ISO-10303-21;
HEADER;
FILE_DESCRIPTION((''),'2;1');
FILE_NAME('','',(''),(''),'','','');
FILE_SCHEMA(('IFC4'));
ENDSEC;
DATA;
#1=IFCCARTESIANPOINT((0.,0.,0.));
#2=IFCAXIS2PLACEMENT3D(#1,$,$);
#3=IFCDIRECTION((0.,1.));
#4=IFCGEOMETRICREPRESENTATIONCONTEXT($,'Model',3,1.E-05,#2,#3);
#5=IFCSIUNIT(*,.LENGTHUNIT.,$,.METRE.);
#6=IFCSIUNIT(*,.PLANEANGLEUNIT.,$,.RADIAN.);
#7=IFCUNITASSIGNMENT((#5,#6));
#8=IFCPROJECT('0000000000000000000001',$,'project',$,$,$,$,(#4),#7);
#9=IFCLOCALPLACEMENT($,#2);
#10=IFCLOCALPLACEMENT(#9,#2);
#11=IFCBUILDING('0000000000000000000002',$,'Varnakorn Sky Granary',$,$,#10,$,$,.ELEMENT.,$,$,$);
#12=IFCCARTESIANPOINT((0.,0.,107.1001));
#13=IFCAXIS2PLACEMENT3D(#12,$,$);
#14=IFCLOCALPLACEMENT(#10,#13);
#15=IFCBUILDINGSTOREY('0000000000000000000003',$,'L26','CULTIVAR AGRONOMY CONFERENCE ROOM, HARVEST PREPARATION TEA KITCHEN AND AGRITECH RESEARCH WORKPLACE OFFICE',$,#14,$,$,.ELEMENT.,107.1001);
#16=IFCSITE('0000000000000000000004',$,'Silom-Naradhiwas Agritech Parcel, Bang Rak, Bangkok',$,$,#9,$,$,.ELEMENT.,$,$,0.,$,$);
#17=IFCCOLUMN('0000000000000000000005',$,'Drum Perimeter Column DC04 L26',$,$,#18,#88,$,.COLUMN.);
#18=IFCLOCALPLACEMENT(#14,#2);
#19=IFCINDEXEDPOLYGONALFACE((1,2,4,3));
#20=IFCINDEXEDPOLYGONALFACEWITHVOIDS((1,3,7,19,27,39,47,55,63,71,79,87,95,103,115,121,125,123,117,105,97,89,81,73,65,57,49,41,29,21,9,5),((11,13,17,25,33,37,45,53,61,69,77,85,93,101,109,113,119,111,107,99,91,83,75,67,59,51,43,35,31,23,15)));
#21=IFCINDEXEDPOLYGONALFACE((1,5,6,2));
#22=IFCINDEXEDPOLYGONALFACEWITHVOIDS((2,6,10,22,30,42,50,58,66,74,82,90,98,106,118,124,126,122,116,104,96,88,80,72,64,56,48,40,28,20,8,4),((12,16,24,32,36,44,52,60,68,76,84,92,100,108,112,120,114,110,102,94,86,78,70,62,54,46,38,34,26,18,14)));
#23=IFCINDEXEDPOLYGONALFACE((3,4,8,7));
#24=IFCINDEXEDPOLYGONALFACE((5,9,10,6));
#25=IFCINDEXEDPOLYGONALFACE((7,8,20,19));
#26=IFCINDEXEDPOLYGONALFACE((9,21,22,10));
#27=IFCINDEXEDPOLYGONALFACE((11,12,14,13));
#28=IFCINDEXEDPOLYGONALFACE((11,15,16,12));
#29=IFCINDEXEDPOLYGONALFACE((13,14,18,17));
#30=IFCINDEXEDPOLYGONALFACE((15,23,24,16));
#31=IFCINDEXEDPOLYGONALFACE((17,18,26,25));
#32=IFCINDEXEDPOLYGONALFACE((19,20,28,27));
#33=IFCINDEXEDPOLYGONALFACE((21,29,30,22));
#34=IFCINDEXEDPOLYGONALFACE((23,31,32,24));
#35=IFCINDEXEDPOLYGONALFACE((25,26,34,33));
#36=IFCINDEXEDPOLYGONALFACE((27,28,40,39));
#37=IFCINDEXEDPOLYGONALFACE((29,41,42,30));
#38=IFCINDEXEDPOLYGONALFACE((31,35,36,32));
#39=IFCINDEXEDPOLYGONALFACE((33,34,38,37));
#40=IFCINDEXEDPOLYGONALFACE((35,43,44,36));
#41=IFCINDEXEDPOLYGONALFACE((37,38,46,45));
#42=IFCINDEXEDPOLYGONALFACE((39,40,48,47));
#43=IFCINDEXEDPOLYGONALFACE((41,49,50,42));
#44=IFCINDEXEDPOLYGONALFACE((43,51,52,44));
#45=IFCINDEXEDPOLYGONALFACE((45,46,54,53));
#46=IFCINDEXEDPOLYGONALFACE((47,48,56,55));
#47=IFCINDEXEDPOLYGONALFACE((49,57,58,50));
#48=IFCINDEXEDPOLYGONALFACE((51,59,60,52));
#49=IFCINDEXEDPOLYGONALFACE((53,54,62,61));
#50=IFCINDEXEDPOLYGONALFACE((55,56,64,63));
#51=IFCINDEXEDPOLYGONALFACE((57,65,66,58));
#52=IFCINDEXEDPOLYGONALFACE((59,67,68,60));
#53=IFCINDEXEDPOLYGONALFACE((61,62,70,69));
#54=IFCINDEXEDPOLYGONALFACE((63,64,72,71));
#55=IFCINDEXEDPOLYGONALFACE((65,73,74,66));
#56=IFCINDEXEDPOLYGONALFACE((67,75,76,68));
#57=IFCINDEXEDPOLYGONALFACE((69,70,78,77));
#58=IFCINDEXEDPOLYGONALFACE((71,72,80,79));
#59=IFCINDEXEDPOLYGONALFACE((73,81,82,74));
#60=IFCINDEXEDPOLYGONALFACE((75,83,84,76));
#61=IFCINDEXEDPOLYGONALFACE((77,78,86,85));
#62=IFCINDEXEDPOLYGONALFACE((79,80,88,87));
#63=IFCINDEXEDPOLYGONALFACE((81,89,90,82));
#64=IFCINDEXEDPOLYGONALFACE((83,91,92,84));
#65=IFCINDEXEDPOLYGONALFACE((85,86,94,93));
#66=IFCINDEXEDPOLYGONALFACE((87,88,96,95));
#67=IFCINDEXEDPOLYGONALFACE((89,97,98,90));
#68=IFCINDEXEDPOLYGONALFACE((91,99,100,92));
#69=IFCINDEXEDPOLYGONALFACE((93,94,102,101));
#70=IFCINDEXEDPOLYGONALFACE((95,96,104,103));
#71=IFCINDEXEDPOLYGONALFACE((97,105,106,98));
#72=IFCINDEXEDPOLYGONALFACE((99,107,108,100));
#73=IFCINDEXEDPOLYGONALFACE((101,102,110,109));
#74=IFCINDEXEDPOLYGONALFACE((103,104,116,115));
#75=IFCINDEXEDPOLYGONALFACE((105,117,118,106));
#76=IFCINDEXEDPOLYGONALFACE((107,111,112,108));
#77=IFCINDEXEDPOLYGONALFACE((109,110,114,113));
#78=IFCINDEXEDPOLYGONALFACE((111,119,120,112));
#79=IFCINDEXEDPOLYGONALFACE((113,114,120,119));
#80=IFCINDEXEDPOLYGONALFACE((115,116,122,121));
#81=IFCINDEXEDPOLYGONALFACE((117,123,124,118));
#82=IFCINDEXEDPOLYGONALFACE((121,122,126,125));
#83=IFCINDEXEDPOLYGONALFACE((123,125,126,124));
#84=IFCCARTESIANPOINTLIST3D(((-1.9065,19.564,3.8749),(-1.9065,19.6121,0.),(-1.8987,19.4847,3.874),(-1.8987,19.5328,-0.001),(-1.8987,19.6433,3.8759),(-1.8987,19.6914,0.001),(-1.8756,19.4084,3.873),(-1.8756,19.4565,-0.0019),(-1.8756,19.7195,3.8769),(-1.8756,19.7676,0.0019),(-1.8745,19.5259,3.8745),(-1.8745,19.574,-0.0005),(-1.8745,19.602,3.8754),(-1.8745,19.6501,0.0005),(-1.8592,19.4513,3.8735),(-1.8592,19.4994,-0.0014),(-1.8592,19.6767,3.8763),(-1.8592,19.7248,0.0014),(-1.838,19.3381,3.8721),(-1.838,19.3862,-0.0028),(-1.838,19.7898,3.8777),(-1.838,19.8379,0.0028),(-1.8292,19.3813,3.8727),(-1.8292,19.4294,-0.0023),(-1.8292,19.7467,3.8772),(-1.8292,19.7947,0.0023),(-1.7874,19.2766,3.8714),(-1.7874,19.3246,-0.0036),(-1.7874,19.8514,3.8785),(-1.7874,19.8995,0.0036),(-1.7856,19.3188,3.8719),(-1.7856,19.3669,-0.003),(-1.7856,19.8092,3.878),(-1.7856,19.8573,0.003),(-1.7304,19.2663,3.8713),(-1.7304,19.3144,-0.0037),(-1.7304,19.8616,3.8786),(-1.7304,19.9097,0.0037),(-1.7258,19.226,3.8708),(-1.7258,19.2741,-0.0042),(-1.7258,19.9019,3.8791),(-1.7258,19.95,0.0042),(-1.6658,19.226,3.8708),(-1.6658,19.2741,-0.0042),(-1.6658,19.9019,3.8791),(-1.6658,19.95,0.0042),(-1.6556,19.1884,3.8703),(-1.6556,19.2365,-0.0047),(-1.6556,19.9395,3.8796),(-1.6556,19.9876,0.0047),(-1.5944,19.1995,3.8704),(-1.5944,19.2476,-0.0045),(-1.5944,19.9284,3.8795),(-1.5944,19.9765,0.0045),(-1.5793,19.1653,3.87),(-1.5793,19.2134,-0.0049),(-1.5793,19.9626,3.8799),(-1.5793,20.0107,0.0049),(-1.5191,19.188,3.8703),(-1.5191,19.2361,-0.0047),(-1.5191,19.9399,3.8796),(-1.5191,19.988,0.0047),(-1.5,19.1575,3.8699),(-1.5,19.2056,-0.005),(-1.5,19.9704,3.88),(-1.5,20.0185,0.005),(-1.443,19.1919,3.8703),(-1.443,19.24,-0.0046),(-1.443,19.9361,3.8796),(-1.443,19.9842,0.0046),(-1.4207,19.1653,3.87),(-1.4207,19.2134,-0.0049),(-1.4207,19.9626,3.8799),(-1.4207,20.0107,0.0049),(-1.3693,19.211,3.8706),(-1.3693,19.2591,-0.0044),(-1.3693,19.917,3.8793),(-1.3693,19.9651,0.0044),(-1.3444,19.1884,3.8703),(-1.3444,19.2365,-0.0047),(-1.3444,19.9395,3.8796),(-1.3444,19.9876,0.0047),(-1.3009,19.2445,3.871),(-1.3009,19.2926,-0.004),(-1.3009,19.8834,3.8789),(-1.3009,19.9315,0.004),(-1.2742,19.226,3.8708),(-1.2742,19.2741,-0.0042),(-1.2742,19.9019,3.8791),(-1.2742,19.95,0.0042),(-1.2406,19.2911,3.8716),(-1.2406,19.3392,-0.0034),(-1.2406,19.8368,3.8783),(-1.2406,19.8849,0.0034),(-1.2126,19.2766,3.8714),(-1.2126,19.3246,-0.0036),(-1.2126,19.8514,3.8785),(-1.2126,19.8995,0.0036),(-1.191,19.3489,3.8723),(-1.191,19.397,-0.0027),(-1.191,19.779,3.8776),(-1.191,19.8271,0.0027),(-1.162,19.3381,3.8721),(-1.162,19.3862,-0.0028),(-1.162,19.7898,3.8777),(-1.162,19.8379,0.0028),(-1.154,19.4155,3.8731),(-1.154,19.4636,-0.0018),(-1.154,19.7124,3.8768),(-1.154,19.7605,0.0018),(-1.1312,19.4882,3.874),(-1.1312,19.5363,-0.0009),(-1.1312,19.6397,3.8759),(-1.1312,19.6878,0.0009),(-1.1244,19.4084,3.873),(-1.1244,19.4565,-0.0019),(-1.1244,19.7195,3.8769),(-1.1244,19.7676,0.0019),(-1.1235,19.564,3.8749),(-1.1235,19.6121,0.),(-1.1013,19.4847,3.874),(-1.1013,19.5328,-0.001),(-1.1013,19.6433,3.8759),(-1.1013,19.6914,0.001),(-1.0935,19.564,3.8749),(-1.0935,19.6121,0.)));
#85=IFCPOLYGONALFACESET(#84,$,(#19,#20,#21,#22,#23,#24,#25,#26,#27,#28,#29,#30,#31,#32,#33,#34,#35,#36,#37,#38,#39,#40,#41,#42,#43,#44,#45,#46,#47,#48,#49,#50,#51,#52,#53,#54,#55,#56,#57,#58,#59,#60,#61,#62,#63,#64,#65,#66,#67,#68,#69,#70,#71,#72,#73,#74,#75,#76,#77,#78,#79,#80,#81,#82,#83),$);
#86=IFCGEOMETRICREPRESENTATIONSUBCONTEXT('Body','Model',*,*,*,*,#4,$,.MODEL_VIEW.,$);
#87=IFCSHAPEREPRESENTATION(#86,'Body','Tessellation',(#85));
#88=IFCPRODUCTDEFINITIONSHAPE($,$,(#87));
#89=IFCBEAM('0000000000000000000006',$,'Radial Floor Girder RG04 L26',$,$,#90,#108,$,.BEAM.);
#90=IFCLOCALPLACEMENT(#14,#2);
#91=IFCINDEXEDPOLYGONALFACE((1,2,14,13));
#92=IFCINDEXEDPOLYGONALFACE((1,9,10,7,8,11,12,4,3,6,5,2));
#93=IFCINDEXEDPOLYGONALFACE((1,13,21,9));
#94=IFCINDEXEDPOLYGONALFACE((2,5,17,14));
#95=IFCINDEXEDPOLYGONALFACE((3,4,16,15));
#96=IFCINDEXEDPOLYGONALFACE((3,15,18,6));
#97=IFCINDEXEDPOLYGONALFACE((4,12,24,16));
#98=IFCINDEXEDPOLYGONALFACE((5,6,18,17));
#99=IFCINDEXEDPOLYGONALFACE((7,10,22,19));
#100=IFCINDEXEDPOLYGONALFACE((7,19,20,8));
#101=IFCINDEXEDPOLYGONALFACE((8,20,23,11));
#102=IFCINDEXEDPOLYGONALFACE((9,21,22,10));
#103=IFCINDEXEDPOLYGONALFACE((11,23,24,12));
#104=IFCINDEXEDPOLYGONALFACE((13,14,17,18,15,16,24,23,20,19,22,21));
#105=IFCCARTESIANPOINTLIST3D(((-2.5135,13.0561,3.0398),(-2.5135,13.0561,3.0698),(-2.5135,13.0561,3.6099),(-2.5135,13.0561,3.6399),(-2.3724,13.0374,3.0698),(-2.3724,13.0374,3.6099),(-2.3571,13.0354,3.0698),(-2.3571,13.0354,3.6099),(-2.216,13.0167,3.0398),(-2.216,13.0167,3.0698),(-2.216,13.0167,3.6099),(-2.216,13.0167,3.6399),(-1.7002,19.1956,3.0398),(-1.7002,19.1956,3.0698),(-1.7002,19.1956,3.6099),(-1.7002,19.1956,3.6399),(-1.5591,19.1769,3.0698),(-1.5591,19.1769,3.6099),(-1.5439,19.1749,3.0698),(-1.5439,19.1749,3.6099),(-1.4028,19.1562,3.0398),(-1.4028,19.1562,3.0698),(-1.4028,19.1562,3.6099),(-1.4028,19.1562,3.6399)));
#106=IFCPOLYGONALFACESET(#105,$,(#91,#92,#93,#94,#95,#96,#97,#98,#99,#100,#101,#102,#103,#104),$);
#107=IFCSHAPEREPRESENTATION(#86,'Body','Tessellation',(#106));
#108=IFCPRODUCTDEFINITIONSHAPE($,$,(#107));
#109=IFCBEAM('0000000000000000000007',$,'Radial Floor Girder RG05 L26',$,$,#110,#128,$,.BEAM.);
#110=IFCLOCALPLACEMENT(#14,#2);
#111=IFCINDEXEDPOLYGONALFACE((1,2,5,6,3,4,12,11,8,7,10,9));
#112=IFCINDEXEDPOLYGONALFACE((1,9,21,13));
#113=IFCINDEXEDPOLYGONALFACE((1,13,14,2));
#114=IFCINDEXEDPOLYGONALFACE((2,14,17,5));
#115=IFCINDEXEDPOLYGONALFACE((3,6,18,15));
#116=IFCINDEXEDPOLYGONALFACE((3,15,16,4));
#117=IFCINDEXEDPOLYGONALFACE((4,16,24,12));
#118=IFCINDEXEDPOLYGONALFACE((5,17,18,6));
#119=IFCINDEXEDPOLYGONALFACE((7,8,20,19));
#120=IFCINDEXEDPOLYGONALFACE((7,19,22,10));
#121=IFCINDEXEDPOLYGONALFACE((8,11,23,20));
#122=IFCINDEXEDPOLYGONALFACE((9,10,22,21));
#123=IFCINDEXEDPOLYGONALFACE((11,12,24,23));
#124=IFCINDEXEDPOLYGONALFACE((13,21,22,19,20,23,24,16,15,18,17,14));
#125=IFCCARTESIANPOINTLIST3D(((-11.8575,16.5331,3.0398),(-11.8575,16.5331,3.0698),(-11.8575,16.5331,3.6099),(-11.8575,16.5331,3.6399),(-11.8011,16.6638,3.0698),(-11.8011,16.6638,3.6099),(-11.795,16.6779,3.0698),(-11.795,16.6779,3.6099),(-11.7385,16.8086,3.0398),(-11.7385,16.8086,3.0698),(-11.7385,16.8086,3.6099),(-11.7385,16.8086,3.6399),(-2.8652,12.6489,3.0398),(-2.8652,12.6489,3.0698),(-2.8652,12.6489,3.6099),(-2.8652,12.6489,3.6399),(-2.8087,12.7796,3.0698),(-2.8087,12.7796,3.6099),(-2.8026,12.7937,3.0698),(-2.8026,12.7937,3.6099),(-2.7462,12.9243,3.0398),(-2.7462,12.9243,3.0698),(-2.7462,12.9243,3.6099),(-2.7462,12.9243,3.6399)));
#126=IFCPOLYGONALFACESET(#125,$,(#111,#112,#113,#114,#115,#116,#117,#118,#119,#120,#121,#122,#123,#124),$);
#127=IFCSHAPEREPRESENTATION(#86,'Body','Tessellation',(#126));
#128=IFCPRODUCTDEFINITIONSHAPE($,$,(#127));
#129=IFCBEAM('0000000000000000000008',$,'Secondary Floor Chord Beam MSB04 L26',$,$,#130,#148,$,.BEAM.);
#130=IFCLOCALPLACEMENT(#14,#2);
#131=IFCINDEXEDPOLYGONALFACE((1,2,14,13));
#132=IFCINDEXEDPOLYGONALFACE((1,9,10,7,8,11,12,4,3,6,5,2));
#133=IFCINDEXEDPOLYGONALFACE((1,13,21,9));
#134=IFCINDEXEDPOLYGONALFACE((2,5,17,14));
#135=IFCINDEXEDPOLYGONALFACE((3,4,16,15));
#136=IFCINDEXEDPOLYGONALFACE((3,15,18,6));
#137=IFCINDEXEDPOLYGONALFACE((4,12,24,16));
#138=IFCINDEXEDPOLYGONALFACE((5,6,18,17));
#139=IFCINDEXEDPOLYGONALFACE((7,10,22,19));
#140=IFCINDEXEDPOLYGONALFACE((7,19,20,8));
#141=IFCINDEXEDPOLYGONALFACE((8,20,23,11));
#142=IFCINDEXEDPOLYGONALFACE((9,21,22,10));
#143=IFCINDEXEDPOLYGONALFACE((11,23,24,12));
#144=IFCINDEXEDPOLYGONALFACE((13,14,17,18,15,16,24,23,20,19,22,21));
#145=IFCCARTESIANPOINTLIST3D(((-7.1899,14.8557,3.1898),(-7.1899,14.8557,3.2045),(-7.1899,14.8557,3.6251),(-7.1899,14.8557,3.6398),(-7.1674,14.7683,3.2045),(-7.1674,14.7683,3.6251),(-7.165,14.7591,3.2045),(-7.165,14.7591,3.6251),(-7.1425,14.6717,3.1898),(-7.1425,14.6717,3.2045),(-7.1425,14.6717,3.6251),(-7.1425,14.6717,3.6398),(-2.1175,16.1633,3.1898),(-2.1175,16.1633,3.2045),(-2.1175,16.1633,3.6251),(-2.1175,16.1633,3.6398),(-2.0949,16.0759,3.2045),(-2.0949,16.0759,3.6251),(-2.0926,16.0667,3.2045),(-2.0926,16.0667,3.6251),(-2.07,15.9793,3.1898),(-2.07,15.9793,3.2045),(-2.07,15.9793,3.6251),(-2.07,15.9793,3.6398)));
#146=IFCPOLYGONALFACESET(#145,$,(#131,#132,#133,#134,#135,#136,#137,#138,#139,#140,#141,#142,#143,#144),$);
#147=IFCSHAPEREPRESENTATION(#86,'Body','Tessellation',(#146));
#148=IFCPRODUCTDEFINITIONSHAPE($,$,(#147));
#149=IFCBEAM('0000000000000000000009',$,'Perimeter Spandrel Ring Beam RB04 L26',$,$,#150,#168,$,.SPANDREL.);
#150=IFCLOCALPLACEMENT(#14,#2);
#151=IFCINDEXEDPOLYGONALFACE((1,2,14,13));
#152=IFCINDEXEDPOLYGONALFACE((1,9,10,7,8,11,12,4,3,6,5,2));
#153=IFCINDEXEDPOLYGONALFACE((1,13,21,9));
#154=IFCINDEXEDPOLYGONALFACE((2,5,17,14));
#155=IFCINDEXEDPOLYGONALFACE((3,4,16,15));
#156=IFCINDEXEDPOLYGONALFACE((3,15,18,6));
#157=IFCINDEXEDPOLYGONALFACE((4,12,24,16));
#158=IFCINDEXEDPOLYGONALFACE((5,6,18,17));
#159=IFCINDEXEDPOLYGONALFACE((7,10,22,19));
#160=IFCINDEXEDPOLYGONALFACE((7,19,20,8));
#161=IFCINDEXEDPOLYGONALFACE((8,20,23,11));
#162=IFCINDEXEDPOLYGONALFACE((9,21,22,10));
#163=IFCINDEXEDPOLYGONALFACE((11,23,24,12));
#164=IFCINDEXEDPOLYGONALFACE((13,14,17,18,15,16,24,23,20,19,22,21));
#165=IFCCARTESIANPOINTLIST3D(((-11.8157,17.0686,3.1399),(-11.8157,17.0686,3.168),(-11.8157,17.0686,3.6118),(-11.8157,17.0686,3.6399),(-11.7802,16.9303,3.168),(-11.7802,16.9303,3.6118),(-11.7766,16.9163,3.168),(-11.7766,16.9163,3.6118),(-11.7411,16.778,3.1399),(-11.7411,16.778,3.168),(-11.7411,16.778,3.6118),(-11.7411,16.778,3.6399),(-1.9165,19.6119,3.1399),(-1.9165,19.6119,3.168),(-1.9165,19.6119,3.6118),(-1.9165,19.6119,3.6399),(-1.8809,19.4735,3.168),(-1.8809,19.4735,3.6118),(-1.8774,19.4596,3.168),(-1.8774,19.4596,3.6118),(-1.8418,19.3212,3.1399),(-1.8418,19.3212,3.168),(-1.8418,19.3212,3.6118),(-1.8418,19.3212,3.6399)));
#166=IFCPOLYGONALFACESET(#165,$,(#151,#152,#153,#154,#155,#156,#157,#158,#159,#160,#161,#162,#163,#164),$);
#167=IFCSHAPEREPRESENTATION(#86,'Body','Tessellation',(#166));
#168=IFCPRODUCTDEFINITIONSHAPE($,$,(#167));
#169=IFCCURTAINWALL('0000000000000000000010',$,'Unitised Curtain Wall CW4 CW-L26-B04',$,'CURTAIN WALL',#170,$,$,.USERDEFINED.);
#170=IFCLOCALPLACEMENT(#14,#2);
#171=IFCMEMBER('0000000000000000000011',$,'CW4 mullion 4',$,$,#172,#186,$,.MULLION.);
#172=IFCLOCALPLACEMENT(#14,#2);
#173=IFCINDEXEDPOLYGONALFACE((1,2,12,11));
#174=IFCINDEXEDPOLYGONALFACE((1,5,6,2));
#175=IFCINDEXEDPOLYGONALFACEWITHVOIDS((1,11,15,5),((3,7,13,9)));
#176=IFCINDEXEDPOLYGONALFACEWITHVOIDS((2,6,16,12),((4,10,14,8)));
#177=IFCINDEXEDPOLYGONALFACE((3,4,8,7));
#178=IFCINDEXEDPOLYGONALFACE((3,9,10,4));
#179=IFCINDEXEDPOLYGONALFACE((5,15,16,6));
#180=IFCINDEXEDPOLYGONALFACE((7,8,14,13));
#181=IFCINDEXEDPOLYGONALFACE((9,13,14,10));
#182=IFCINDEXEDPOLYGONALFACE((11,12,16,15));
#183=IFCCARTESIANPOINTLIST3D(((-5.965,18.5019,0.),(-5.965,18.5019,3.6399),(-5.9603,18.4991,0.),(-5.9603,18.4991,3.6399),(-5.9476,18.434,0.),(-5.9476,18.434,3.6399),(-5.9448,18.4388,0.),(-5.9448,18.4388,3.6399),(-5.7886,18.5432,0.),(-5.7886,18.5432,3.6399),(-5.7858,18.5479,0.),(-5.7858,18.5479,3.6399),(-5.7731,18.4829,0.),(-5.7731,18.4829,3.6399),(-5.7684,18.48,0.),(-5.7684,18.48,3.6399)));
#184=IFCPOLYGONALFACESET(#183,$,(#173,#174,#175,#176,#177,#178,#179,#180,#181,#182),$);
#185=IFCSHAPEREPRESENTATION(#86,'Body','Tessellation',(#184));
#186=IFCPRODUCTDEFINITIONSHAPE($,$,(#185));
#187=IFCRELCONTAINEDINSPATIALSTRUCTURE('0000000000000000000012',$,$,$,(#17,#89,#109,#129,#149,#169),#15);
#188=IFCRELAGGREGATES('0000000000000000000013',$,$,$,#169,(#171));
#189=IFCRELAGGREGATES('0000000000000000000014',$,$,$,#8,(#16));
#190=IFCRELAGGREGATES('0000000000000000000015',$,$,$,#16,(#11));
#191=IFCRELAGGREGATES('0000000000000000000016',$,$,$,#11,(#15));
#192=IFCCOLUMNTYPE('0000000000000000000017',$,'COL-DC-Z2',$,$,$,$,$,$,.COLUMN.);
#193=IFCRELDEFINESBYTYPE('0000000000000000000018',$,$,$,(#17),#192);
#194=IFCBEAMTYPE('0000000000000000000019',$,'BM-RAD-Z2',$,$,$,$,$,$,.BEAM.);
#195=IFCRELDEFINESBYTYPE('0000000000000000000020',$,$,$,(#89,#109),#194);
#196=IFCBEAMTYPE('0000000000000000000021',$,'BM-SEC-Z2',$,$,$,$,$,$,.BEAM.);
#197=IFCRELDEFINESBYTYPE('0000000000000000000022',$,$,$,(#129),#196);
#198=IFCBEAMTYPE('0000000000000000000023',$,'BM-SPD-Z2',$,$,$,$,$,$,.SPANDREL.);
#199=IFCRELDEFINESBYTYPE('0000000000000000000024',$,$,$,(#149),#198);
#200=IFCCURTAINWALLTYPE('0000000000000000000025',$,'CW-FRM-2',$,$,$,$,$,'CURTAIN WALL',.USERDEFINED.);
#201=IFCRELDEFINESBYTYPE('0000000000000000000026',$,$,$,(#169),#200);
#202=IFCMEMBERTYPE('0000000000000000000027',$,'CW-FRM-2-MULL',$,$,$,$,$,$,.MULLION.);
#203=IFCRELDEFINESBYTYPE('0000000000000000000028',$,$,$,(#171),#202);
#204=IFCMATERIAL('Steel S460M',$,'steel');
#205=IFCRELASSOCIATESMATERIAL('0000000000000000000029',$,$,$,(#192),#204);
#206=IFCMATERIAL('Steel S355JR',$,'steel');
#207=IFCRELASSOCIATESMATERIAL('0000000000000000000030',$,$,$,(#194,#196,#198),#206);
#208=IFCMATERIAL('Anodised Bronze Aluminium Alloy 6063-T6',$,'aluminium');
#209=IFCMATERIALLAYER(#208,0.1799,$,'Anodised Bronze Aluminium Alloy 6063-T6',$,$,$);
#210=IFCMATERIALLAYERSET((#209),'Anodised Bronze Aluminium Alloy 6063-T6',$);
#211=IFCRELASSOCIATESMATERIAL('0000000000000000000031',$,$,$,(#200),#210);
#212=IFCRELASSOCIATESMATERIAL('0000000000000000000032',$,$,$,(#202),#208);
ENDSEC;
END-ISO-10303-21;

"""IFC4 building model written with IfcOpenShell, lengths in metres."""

from ifc_helpers import new_model, si_unit, direction, frame, origin, origin_2d, place, context, subcontext, project, spatial, hollow_rectangle, hollow_circle, i_section, extrude, material, layer, layer_set, material_profile, profile_set, type_object, element, aggregate, save


model = new_model("IFC4")

# Units and contexts
model_context = context("Model", 3, precision=1e-05, world=origin(), true_north=direction((0.0, 1.0)))
body_context = subcontext(model_context, "Body", "Model", "MODEL_VIEW")
ifc_project = project(units=[si_unit("LENGTHUNIT", "METRE"), si_unit("PLANEANGLEUNIT", "RADIAN")], contexts=[model_context])

# Site, building, storey
site_placement = place(None, origin())
site = spatial("IfcSite", under=ifc_project, at=site_placement, Name="Silom-Naradhiwas Agritech Parcel, Bang Rak, Bangkok", CompositionType="ELEMENT", RefElevation=0.0)
building_placement = place(site_placement, origin())
building = spatial("IfcBuilding", under=site, at=building_placement, Name="Varnakorn Sky Granary", CompositionType="ELEMENT")
storey_placement = place(building_placement, frame((0.0, 0.0, 107.1001)))
storey = spatial("IfcBuildingStorey", under=building, at=storey_placement, Name="L26", Description="CULTIVAR AGRONOMY CONFERENCE ROOM, HARVEST PREPARATION TEA KITCHEN AND AGRITECH RESEARCH WORKPLACE OFFICE", CompositionType="ELEMENT", Elevation=107.1001)

# Column
ifc_material_1 = material(Name="Steel S460M", Category="steel")
ifc_material_profile_1 = material_profile(ifc_material_1, hollow_circle(Radius=0.4065, WallThickness=0.03, at=origin_2d()), Name="CHS 813x30")
ifc_profile_set_1 = profile_set([ifc_material_profile_1], Name="Steel S460M")
column_type = type_object("IfcColumnType", Name="COL-DC-Z2", PredefinedType="COLUMN", material=ifc_profile_set_1)
column_placement = place(storey_placement, frame((-1.5, 19.6121, 0.0), z_axis=(0.0, -0.012411, 0.999923), x_axis=(1.0, 0.0, 0.0)))
element("IfcColumn", 1, at=column_placement, inside=storey, type_object=column_type, Name="Drum Perimeter Column DC04 L26", PredefinedType="COLUMN", context=body_context, shape_type="SweptSolid", body=[
    extrude(hollow_circle(Radius=0.4065, WallThickness=0.03, at=origin_2d()), origin(), (0.0, 0.0, 1.0), 3.8752),
])

# Beams
ifc_material_2 = material(Name="Steel S355JR", Category="steel")
ifc_material_profile_2 = material_profile(ifc_material_2, i_section(OverallWidth=0.3, OverallDepth=0.6001, WebThickness=0.0154, FlangeThickness=0.03, at=origin_2d()), Name="HE 600 B")
ifc_profile_set_2 = profile_set([ifc_material_profile_2], Name="Steel S355JR")
beam_type_1 = type_object("IfcBeamType", Name="BM-RAD-Z2", PredefinedType="BEAM", material=ifc_profile_set_2)
beam_1_placement = place(storey_placement, frame((-2.3647, 13.0364, 3.3398), z_axis=(0.131314, 0.991341, 0.0), x_axis=(-0.991341, 0.131314, 0.0)))
element("IfcBeam", 2, at=beam_1_placement, inside=storey, type_object=beam_type_1, Name="Radial Floor Girder RG04 L26", PredefinedType="BEAM", context=body_context, shape_type="SweptSolid", body=[
    extrude(i_section(OverallWidth=0.3, OverallDepth=0.6001, WebThickness=0.0154, FlangeThickness=0.03, at=origin_2d()), origin(), (0.0, 0.0, 1.0), 6.1931),
])
beam_2_placement = place(storey_placement, frame((-2.8057, 12.7866, 3.3398), z_axis=(-0.918018, 0.396538, 0.0), x_axis=(-0.396538, -0.918018, 0.0)))
element("IfcBeam", 3, at=beam_2_placement, inside=storey, type_object=beam_type_1, Name="Radial Floor Girder RG05 L26", PredefinedType="BEAM", context=body_context, shape_type="SweptSolid", body=[
    extrude(i_section(OverallWidth=0.3, OverallDepth=0.6001, WebThickness=0.0154, FlangeThickness=0.03, at=origin_2d()), origin(), (0.0, 0.0, 1.0), 9.7954),
])
ifc_material_profile_3 = material_profile(ifc_material_2, i_section(OverallWidth=0.1899, OverallDepth=0.45, WebThickness=0.0095, FlangeThickness=0.0146, at=origin_2d()), Name="IPE 450")
ifc_profile_set_3 = profile_set([ifc_material_profile_3], Name="Steel S355JR")
beam_type_2 = type_object("IfcBeamType", Name="BM-SEC-Z2", PredefinedType="BEAM", material=ifc_profile_set_3)
beam_3_placement = place(storey_placement, frame((-2.0938, 16.0713, 3.4148), z_axis=(-0.968343, -0.249624, 0.0), x_axis=(0.249624, -0.968343, 0.0)))
element("IfcBeam", 4, at=beam_3_placement, inside=storey, type_object=beam_type_2, Name="Secondary Floor Chord Beam MSB04 L26", PredefinedType="BEAM", context=body_context, shape_type="SweptSolid", body=[
    extrude(i_section(OverallWidth=0.1899, OverallDepth=0.45, WebThickness=0.0095, FlangeThickness=0.0146, at=origin_2d()), origin(), (0.0, 0.0, 1.0), 5.2383),
])
ifc_material_profile_4 = material_profile(ifc_material_2, i_section(OverallWidth=0.3, OverallDepth=0.5, WebThickness=0.0144, FlangeThickness=0.0281, at=origin_2d()), Name="HE 500 B")
ifc_profile_set_4 = profile_set([ifc_material_profile_4], Name="Steel S355JR")
beam_type_3 = type_object("IfcBeamType", Name="BM-SPD-Z2", PredefinedType="SPANDREL", material=ifc_profile_set_4)
beam_4_placement = place(storey_placement, frame((-1.8792, 19.4666, 3.3899), z_axis=(-0.968547, -0.248831, 0.0), x_axis=(0.248831, -0.968547, 0.0)))
element("IfcBeam", 5, at=beam_4_placement, inside=storey, type_object=beam_type_3, Name="Perimeter Spandrel Ring Beam RB04 L26", PredefinedType="SPANDREL", context=body_context, shape_type="SweptSolid", body=[
    extrude(i_section(OverallWidth=0.3, OverallDepth=0.5, WebThickness=0.0144, FlangeThickness=0.0281, at=origin_2d()), origin(), (0.0, 0.0, 1.0), 10.2207),
])

# Curtain wall, member
ifc_material_3 = material(Name="Anodised Bronze Aluminium Alloy 6063-T6", Category="aluminium")
ifc_layer_1 = layer(ifc_material_3, 0.1799, Name="Anodised Bronze Aluminium Alloy 6063-T6")
ifc_layer_set_1 = layer_set([ifc_layer_1], Name="Anodised Bronze Aluminium Alloy 6063-T6")
curtain_wall_type = type_object("IfcCurtainWallType", Name="CW-FRM-2", ElementType="CURTAIN WALL", PredefinedType="USERDEFINED", material=ifc_layer_set_1)
curtain_wall_placement = place(storey_placement, origin())
curtain_wall = element("IfcCurtainWall", 6, at=curtain_wall_placement, inside=storey, type_object=curtain_wall_type, Name="Unitised Curtain Wall CW4 CW-L26-B04", ObjectType="CURTAIN WALL", PredefinedType="USERDEFINED")
ifc_material_profile_5 = material_profile(ifc_material_3, hollow_rectangle(XDim=0.0701, YDim=0.1851, WallThickness=0.0039, at=origin_2d()), Name="ALU MULL 70x185")
ifc_profile_set_5 = profile_set([ifc_material_profile_5], Name="Anodised Bronze Aluminium Alloy 6063-T6")
member_type_1 = type_object("IfcMemberType", Name="CW-FRM-2-MULL", PredefinedType="MULLION", material=ifc_profile_set_5)
member_1_placement = place(storey_placement, frame((-5.8667, 18.491, 0.0), z_axis=(0.0, 0.0, 1.0), x_axis=(-0.248636, 0.968597, 0.0)))
member_1 = element("IfcMember", 7, at=member_1_placement, type_object=member_type_1, Name="CW4 mullion 4", PredefinedType="MULLION", context=body_context, shape_type="SweptSolid", body=[
    extrude(hollow_rectangle(XDim=0.0701, YDim=0.1851, WallThickness=0.0039, at=origin_2d()), origin(), (0.0, 0.0, 1.0), 3.6399),
])

aggregate(curtain_wall, [member_1])

save(model, "model.ifc")
